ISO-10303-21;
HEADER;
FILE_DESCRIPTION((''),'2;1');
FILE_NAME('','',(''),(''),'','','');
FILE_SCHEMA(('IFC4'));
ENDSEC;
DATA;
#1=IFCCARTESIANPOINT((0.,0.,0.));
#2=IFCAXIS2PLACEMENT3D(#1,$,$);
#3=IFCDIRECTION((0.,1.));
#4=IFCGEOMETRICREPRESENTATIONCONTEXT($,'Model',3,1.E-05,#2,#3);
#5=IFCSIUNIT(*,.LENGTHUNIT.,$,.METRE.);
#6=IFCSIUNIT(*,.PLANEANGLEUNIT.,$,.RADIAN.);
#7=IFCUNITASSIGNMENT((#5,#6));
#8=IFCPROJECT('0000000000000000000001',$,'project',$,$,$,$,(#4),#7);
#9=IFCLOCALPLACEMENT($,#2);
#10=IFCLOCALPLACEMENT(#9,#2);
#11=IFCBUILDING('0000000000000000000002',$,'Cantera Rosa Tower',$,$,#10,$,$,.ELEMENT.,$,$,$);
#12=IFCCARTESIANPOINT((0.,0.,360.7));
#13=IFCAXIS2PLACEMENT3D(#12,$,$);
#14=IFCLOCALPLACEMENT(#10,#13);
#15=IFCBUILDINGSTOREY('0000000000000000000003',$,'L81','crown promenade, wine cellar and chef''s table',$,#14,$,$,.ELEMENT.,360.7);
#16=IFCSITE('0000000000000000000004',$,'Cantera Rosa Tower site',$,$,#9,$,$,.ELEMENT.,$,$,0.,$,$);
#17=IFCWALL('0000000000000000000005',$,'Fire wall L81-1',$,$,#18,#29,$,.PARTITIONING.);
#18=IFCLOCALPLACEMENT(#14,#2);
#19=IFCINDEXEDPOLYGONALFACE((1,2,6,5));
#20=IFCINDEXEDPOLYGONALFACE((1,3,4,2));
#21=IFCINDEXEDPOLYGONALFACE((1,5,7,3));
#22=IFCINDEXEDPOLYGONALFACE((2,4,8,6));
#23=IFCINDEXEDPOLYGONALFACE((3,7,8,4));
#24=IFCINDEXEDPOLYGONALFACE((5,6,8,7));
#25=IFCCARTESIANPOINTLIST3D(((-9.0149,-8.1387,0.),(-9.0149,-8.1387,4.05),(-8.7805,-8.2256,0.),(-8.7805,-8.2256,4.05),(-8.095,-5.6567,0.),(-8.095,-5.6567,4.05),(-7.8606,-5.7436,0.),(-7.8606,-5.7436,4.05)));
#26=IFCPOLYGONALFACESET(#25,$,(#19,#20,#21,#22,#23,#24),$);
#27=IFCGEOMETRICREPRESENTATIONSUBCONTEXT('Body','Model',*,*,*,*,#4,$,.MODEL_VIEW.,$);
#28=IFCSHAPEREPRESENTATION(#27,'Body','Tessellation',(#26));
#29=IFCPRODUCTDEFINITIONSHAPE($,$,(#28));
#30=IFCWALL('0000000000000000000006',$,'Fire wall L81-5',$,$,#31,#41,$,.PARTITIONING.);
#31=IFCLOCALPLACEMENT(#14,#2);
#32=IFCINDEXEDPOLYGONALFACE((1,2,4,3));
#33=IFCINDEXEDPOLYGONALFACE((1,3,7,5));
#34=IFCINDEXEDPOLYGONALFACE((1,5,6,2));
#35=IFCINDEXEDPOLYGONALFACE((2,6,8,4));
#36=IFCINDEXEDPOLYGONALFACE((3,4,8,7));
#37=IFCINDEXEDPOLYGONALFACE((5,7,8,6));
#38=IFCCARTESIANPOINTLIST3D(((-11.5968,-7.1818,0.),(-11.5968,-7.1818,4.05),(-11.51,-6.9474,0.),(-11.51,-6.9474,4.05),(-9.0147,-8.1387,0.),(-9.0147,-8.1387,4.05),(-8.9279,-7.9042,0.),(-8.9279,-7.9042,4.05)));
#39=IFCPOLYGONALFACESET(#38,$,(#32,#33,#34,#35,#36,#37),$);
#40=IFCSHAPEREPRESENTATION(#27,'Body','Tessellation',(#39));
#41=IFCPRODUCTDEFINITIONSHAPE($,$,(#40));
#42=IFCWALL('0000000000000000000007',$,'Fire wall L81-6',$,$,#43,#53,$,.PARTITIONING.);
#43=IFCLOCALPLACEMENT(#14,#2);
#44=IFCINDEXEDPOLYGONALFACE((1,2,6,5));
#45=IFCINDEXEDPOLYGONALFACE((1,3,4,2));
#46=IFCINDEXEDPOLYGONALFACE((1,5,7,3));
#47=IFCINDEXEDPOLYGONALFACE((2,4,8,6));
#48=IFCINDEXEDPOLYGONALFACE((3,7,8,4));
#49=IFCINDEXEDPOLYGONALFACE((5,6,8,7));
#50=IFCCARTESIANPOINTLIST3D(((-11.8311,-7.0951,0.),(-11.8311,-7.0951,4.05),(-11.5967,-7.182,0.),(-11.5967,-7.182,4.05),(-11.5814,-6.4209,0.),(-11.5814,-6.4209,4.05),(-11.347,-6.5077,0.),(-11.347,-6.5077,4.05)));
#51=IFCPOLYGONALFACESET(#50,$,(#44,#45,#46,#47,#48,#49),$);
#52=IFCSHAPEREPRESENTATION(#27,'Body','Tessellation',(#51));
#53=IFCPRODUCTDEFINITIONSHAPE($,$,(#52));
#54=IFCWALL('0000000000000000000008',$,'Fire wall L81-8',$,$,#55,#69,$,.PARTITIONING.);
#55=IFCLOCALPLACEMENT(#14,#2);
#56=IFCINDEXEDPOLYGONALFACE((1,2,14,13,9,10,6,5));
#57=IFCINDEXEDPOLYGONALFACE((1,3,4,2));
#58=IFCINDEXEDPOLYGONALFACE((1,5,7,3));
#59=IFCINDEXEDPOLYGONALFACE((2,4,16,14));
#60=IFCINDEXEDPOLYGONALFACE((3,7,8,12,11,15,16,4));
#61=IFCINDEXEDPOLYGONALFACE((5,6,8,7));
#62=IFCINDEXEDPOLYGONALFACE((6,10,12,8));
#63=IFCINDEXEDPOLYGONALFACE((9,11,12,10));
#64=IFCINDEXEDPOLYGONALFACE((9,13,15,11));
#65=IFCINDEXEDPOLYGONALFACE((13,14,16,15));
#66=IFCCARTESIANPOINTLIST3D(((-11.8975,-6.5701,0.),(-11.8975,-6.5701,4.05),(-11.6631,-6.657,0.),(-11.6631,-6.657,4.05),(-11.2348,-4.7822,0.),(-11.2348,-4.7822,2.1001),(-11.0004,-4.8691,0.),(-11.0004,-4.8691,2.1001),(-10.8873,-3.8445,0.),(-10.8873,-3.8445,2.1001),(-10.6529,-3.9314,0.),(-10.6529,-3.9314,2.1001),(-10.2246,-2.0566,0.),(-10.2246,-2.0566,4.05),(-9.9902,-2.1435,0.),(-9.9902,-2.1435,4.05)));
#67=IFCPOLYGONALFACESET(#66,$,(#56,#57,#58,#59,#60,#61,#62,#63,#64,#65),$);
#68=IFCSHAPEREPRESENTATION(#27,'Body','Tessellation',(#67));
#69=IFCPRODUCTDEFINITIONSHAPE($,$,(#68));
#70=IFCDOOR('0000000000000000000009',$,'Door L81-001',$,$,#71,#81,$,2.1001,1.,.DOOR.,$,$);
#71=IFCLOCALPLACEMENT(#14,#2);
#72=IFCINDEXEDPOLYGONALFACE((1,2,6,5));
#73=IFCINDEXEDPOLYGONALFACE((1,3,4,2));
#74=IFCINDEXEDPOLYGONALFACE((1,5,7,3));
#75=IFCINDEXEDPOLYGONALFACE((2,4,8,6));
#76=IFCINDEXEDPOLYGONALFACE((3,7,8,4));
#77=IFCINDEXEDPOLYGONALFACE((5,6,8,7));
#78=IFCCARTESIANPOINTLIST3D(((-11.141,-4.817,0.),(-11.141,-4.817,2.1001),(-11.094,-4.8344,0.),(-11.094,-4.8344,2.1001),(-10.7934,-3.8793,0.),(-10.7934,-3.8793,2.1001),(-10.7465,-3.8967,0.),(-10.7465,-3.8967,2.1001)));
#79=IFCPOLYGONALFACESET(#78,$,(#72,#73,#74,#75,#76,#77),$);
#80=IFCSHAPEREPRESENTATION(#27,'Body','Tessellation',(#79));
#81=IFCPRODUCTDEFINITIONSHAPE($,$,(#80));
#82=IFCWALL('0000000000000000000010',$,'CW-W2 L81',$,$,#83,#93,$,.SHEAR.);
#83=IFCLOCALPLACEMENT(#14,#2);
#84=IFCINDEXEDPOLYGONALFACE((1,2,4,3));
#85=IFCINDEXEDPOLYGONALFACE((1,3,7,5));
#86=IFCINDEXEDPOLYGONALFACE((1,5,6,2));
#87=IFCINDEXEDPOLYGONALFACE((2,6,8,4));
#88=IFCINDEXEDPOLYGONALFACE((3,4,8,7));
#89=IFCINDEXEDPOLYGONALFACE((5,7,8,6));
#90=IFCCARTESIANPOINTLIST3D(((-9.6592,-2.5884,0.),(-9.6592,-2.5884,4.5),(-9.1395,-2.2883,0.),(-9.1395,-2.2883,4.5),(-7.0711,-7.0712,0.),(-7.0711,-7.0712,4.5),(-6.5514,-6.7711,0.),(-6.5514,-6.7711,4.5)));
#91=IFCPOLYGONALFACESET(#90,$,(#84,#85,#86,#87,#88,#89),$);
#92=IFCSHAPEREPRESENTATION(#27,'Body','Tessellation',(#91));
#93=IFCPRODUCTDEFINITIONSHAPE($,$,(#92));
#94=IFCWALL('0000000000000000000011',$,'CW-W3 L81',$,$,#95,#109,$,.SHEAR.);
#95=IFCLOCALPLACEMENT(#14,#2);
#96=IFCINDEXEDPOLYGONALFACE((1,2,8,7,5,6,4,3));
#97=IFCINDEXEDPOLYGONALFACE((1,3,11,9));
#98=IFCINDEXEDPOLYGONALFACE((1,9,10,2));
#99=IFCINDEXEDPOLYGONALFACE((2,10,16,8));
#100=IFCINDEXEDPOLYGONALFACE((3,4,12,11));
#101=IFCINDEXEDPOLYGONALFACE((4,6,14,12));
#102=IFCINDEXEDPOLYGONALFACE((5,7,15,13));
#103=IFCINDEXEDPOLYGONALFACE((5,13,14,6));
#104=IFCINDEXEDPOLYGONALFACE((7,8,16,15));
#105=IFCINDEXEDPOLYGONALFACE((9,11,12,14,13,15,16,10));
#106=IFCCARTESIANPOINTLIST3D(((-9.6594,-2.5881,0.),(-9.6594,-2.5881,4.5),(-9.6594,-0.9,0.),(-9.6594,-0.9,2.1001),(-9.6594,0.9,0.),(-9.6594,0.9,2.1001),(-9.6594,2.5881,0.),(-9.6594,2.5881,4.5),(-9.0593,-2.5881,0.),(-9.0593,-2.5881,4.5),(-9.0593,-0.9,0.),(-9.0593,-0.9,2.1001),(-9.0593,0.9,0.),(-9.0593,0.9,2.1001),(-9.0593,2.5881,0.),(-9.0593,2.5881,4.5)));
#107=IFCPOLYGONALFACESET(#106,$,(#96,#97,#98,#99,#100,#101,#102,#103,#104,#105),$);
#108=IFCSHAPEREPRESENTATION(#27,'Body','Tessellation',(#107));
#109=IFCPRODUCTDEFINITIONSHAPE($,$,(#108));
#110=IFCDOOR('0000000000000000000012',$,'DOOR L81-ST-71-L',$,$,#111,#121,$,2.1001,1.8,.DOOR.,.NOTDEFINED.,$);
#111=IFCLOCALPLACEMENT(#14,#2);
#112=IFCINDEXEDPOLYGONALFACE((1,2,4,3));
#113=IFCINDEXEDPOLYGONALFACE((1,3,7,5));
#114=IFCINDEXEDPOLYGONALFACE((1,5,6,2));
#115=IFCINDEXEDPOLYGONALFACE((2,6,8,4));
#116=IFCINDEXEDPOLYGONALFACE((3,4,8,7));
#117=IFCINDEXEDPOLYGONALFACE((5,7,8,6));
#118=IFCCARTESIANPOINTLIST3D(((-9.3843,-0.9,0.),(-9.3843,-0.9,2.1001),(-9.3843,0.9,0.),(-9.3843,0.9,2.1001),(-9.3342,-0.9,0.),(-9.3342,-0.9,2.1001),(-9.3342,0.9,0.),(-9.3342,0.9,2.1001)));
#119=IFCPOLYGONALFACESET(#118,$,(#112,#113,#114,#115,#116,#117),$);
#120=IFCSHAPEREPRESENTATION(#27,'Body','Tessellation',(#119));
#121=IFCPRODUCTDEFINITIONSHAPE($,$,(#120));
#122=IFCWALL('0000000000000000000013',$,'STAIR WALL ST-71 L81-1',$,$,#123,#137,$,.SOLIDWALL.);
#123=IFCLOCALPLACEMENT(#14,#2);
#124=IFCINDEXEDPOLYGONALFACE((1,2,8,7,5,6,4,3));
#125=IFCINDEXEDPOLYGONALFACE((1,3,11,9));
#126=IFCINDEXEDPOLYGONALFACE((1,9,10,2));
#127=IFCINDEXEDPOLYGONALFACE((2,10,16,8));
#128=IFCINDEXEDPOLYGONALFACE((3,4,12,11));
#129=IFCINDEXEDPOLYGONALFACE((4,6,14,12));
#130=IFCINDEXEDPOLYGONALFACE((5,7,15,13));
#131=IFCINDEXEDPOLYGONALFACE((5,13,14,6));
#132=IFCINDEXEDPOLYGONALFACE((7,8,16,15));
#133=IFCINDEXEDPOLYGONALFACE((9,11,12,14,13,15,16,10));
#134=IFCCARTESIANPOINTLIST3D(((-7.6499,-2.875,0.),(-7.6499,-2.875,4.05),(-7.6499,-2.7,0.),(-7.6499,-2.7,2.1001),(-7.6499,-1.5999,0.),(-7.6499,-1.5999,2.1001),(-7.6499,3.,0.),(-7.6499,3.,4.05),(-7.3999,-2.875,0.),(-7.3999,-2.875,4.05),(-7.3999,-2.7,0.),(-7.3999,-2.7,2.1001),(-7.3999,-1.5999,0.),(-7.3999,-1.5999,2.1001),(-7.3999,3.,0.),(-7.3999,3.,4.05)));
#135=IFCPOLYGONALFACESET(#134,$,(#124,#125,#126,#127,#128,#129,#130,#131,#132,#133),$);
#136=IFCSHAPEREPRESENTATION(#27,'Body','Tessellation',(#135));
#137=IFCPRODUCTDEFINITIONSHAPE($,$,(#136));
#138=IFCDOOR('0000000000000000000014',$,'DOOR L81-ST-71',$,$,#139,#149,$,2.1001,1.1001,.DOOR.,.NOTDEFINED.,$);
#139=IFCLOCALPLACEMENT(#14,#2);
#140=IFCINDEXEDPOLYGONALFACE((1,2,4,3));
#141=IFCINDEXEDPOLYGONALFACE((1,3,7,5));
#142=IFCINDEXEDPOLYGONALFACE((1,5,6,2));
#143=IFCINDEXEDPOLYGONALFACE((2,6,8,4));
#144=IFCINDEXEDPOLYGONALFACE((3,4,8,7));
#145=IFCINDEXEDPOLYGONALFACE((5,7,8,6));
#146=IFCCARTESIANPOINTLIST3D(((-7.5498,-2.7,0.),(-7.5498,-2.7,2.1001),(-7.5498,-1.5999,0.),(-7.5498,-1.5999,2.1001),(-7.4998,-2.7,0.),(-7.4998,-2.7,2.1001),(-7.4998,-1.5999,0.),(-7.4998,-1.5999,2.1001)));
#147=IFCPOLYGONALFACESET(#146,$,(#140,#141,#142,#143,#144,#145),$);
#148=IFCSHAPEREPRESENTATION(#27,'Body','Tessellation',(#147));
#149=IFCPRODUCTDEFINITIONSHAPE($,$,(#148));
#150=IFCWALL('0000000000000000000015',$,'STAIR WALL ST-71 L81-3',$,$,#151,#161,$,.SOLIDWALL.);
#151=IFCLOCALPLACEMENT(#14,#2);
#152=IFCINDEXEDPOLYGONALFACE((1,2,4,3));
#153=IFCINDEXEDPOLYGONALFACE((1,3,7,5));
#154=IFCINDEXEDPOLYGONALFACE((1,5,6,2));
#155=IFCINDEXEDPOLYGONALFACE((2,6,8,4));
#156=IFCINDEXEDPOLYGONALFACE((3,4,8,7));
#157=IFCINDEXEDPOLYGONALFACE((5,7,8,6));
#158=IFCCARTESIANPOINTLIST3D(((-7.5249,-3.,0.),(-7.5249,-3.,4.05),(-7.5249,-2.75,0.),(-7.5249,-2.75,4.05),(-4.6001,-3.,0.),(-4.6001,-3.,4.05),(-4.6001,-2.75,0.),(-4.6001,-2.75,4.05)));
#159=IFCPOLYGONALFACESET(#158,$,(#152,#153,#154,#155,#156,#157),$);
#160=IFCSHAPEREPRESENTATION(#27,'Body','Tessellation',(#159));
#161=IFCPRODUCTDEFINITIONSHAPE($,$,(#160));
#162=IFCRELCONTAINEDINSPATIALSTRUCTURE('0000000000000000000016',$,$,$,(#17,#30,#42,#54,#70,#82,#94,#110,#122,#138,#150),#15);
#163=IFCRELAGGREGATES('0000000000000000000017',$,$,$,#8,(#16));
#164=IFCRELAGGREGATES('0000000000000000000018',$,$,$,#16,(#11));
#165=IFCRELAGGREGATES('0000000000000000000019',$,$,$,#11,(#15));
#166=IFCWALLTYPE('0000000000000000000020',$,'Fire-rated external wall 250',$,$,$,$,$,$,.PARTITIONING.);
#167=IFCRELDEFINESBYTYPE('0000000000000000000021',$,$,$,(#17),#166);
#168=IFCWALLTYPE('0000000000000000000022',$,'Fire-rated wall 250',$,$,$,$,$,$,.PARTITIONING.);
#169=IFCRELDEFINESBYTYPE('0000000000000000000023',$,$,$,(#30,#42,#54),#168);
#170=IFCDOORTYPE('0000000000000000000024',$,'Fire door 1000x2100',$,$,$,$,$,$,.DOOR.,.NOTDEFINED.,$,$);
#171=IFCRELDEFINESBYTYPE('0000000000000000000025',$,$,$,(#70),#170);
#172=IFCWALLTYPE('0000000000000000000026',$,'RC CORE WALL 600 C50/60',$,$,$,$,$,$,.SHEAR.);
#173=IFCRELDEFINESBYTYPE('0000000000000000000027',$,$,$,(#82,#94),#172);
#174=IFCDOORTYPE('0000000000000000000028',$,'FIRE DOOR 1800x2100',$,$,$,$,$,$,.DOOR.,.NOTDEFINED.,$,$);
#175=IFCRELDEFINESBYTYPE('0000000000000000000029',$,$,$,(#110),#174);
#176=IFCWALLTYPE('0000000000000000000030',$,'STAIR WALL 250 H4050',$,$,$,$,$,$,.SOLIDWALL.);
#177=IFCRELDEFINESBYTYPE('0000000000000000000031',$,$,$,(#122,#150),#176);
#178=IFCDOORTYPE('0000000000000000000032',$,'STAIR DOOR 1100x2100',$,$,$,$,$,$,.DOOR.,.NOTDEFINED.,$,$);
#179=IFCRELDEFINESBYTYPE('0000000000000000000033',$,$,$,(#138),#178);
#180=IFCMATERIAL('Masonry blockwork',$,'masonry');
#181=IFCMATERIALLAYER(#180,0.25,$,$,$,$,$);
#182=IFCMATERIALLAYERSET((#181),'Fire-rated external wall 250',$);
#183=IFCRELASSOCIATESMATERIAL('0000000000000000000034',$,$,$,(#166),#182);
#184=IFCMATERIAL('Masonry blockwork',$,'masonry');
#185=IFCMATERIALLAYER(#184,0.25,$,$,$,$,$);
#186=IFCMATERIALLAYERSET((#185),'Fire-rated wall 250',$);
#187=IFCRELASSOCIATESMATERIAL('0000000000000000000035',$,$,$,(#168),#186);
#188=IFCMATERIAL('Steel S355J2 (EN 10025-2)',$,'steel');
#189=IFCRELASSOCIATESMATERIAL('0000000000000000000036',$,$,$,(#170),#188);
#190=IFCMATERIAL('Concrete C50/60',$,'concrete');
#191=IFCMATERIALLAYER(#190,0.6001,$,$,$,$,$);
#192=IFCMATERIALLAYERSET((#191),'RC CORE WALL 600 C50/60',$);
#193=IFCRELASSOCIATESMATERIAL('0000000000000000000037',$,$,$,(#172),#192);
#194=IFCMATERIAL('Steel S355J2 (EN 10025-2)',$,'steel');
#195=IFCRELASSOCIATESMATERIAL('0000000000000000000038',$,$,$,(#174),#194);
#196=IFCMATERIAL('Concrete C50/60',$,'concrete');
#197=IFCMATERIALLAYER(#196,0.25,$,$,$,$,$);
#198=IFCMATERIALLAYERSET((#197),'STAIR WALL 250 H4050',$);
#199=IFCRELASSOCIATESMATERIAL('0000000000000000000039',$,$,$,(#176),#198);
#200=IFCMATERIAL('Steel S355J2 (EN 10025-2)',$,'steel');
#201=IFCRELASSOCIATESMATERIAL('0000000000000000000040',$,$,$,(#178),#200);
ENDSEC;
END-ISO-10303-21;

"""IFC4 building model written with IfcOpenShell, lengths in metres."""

from ifc_helpers import new_model, si_unit, direction, frame, frame_2d, origin, place, context, subcontext, project, spatial, rectangle, extrude, material, layer, layer_set, type_object, element, fill, save


model = new_model("IFC4")

# Units and contexts
model_context = context("Model", 3, precision=1e-05, world=origin(), true_north=direction((0.0, 1.0)))
body_context = subcontext(model_context, "Body", "Model", "MODEL_VIEW")
ifc_project = project(units=[si_unit("LENGTHUNIT", "METRE"), si_unit("PLANEANGLEUNIT", "RADIAN")], contexts=[model_context])

# Site, building, storey
site_placement = place(None, origin())
site = spatial("IfcSite", under=ifc_project, at=site_placement, Name="Cantera Rosa Tower site", CompositionType="ELEMENT", RefElevation=0.0)
building_placement = place(site_placement, origin())
building = spatial("IfcBuilding", under=site, at=building_placement, Name="Cantera Rosa Tower", CompositionType="ELEMENT")
storey_placement = place(building_placement, frame((0.0, 0.0, 360.7)))
storey = spatial("IfcBuildingStorey", under=building, at=storey_placement, Name="L81", Description="crown promenade, wine cellar and chef's table", CompositionType="ELEMENT", Elevation=360.7)

# Walls
ifc_material_1 = material(Name="Masonry blockwork", Category="masonry")
ifc_layer_1 = layer(ifc_material_1, 0.25)
ifc_layer_set_1 = layer_set([ifc_layer_1], Name="Fire-rated external wall 250")
wall_type_1 = type_object("IfcWallType", Name="Fire-rated external wall 250", PredefinedType="PARTITIONING", material=ifc_layer_set_1)
wall_1_placement = place(storey_placement, frame((-8.8977, -8.1821, 0.0), z_axis=(0.0, 0.0, 1.0), x_axis=(0.347543, 0.937664, 0.0)))
element("IfcWall", 1, at=wall_1_placement, inside=storey, type_object=wall_type_1, Name="Fire wall L81-1", PredefinedType="PARTITIONING", context=body_context, shape_type="SweptSolid", body=[
    extrude(rectangle(XDim=2.647, YDim=0.25, at=frame_2d((1.3235, 0.0))), origin(), (0.0, 0.0, 1.0), 4.05),
])
ifc_material_2 = material(Name="Masonry blockwork", Category="masonry")
ifc_layer_2 = layer(ifc_material_2, 0.25)
ifc_layer_set_2 = layer_set([ifc_layer_2], Name="Fire-rated wall 250")
wall_type_2 = type_object("IfcWallType", Name="Fire-rated wall 250", PredefinedType="PARTITIONING", material=ifc_layer_set_2)
wall_2_placement = place(storey_placement, frame((-8.9712, -8.0215, 0.0), z_axis=(0.0, 0.0, 1.0), x_axis=(-0.937692, 0.347467, 0.0)))
element("IfcWall", 2, at=wall_2_placement, inside=storey, type_object=wall_type_2, Name="Fire wall L81-5", PredefinedType="PARTITIONING", context=body_context, shape_type="SweptSolid", body=[
    extrude(rectangle(XDim=2.7537, YDim=0.25, at=frame_2d((1.377, 0.0))), origin(), (0.0, 0.0, 1.0), 4.05),
])
wall_3_placement = place(storey_placement, frame((-11.7139, -7.1384, 0.0), z_axis=(0.0, 0.0, 1.0), x_axis=(0.347325, 0.937745, 0.0)))
element("IfcWall", 3, at=wall_3_placement, inside=storey, type_object=wall_type_2, Name="Fire wall L81-6", PredefinedType="PARTITIONING", context=body_context, shape_type="SweptSolid", body=[
    extrude(rectangle(XDim=0.719, YDim=0.25, at=frame_2d((0.3594, 0.0))), origin(), (0.0, 0.0, 1.0), 4.05),
])

# Wall, opening, door
wall_4_placement = place(storey_placement, frame((-11.7803, -6.6135, 0.0), z_axis=(0.0, 0.0, 1.0), x_axis=(0.347536, 0.937667, 0.0)))
wall_4 = element("IfcWall", 4, at=wall_4_placement, inside=storey, type_object=wall_type_2, Name="Fire wall L81-8", PredefinedType="PARTITIONING", context=body_context, shape_type="SweptSolid", body=[
    extrude(rectangle(XDim=4.8135, YDim=0.25, at=frame_2d((2.4067, 0.0))), origin(), (0.0, 0.0, 1.0), 4.05),
])
opening_1_placement = place(wall_4_placement, frame((1.9067, 0.0, 0.0)))
opening_1 = element("IfcOpeningElement", 5, at=opening_1_placement, cuts=wall_4, PredefinedType="OPENING", context=body_context, shape_type="SweptSolid", body=[
    extrude(rectangle(XDim=1.0, YDim=2.1001, at=frame_2d((0.5, 1.05))), frame((0.0, 0.135, 0.0), z_axis=(0.0, -1.0, 0.0), x_axis=(1.0, 0.0, 0.0)), (0.0, 0.0, 1.0), 0.27),
])
ifc_material_3 = material(Name="Steel S355J2 (EN 10025-2)", Category="steel")
door_type_1 = type_object("IfcDoorType", Name="Fire door 1000x2100", OperationType="NOTDEFINED", PredefinedType="DOOR", material=ifc_material_3)
door_1_placement = place(opening_1_placement, origin())
door_1 = element("IfcDoor", 6, at=door_1_placement, inside=storey, type_object=door_type_1, Name="Door L81-001", OverallHeight=2.1001, OverallWidth=1.0, PredefinedType="DOOR", context=body_context, shape_type="SweptSolid", body=[
    extrude(rectangle(XDim=1.0, YDim=2.1001, at=frame_2d((0.5, 1.05))), frame((0.0, 0.0249, 0.0), z_axis=(0.0, -1.0, 0.0), x_axis=(1.0, 0.0, 0.0)), (0.0, 0.0, 1.0), 0.05),
])
fill(opening_1, door_1)

# Wall
ifc_material_4 = material(Name="Concrete C50/60", Category="concrete")
ifc_layer_3 = layer(ifc_material_4, 0.6001)
ifc_layer_set_3 = layer_set([ifc_layer_3], Name="RC CORE WALL 600 C50/60")
wall_type_3 = type_object("IfcWallType", Name="RC CORE WALL 600 C50/60", PredefinedType="SHEAR", material=ifc_layer_set_3)
wall_5_placement = place(storey_placement, frame((-6.8113, -6.9211, 0.0), z_axis=(0.0, 0.0, 1.0), x_axis=(-0.499989, 0.866032, 0.0)))
element("IfcWall", 7, at=wall_5_placement, inside=storey, type_object=wall_type_3, Name="CW-W2 L81", PredefinedType="SHEAR", context=body_context, shape_type="SweptSolid", body=[
    extrude(rectangle(XDim=5.1763, YDim=0.6001, at=frame_2d((2.5881, 0.0))), origin(), (0.0, 0.0, 1.0), 4.5),
])

# Walls, openings, doors
wall_6_placement = place(storey_placement, frame((-9.3594, -2.5881, 0.0), z_axis=(0.0, 0.0, 1.0), x_axis=(0.0, 1.0, 0.0)))
wall_6 = element("IfcWall", 8, at=wall_6_placement, inside=storey, type_object=wall_type_3, Name="CW-W3 L81", PredefinedType="SHEAR", context=body_context, shape_type="SweptSolid", body=[
    extrude(rectangle(XDim=5.1763, YDim=0.6001, at=frame_2d((2.5881, 0.0))), origin(), (0.0, 0.0, 1.0), 4.5),
])
opening_2_placement = place(wall_6_placement, frame((1.6882, 0.0, 0.0)))
opening_2 = element("IfcOpeningElement", 9, at=opening_2_placement, cuts=wall_6, PredefinedType="OPENING", context=body_context, shape_type="SweptSolid", body=[
    extrude(rectangle(XDim=1.8, YDim=2.1001, at=frame_2d((0.8999, 1.05))), frame((0.0, 0.3101, 0.0), z_axis=(0.0, -1.0, 0.0), x_axis=(1.0, 0.0, 0.0)), (0.0, 0.0, 1.0), 0.6201),
])
ifc_material_5 = material(Name="Steel S355J2 (EN 10025-2)", Category="steel")
door_type_2 = type_object("IfcDoorType", Name="FIRE DOOR 1800x2100", OperationType="NOTDEFINED", PredefinedType="DOOR", material=ifc_material_5)
door_2_placement = place(opening_2_placement, origin())
door_2 = element("IfcDoor", 10, at=door_2_placement, inside=storey, type_object=door_type_2, Name="DOOR L81-ST-71-L", OperationType="NOTDEFINED", OverallHeight=2.1001, OverallWidth=1.8, PredefinedType="DOOR", context=body_context, shape_type="SweptSolid", body=[
    extrude(rectangle(XDim=1.8, YDim=2.1001, at=frame_2d((0.8999, 1.05))), frame((0.0, 0.0249, 0.0), z_axis=(0.0, -1.0, 0.0), x_axis=(1.0, 0.0, 0.0)), (0.0, 0.0, 1.0), 0.05),
])
fill(opening_2, door_2)
ifc_material_6 = material(Name="Concrete C50/60", Category="concrete")
ifc_layer_4 = layer(ifc_material_6, 0.25)
ifc_layer_set_4 = layer_set([ifc_layer_4], Name="STAIR WALL 250 H4050")
wall_type_4 = type_object("IfcWallType", Name="STAIR WALL 250 H4050", PredefinedType="SOLIDWALL", material=ifc_layer_set_4)
wall_7_placement = place(storey_placement, frame((-7.5249, -2.875, 0.0), z_axis=(0.0, 0.0, 1.0), x_axis=(0.0, 1.0, 0.0)))
wall_7 = element("IfcWall", 11, at=wall_7_placement, inside=storey, type_object=wall_type_4, Name="STAIR WALL ST-71 L81-1", PredefinedType="SOLIDWALL", context=body_context, shape_type="SweptSolid", body=[
    extrude(rectangle(XDim=5.875, YDim=0.25, at=frame_2d((2.9375, 0.0))), origin(), (0.0, 0.0, 1.0), 4.05),
])
opening_3_placement = place(wall_7_placement, frame((0.175, 0.0, 0.0)))
opening_3 = element("IfcOpeningElement", 12, at=opening_3_placement, cuts=wall_7, PredefinedType="OPENING", context=body_context, shape_type="SweptSolid", body=[
    extrude(rectangle(XDim=1.1001, YDim=2.1001, at=frame_2d((0.55, 1.05))), frame((0.0, 0.135, 0.0), z_axis=(0.0, -1.0, 0.0), x_axis=(1.0, 0.0, 0.0)), (0.0, 0.0, 1.0), 0.27),
])
ifc_material_7 = material(Name="Steel S355J2 (EN 10025-2)", Category="steel")
door_type_3 = type_object("IfcDoorType", Name="STAIR DOOR 1100x2100", OperationType="NOTDEFINED", PredefinedType="DOOR", material=ifc_material_7)
door_3_placement = place(opening_3_placement, origin())
door_3 = element("IfcDoor", 13, at=door_3_placement, inside=storey, type_object=door_type_3, Name="DOOR L81-ST-71", OperationType="NOTDEFINED", OverallHeight=2.1001, OverallWidth=1.1001, PredefinedType="DOOR", context=body_context, shape_type="SweptSolid", body=[
    extrude(rectangle(XDim=1.1001, YDim=2.1001, at=frame_2d((0.55, 1.05))), frame((0.0, 0.0249, 0.0), z_axis=(0.0, -1.0, 0.0), x_axis=(1.0, 0.0, 0.0)), (0.0, 0.0, 1.0), 0.05),
])
fill(opening_3, door_3)

# Wall
wall_8_placement = place(storey_placement, frame((-4.6001, -2.875, 0.0), z_axis=(0.0, 0.0, 1.0), x_axis=(-1.0, 0.0, 0.0)))
element("IfcWall", 14, at=wall_8_placement, inside=storey, type_object=wall_type_4, Name="STAIR WALL ST-71 L81-3", PredefinedType="SOLIDWALL", context=body_context, shape_type="SweptSolid", body=[
    extrude(rectangle(XDim=2.9248, YDim=0.25, at=frame_2d((1.4624, 0.0))), origin(), (0.0, 0.0, 1.0), 4.05),
])

save(model, "model.ifc")
